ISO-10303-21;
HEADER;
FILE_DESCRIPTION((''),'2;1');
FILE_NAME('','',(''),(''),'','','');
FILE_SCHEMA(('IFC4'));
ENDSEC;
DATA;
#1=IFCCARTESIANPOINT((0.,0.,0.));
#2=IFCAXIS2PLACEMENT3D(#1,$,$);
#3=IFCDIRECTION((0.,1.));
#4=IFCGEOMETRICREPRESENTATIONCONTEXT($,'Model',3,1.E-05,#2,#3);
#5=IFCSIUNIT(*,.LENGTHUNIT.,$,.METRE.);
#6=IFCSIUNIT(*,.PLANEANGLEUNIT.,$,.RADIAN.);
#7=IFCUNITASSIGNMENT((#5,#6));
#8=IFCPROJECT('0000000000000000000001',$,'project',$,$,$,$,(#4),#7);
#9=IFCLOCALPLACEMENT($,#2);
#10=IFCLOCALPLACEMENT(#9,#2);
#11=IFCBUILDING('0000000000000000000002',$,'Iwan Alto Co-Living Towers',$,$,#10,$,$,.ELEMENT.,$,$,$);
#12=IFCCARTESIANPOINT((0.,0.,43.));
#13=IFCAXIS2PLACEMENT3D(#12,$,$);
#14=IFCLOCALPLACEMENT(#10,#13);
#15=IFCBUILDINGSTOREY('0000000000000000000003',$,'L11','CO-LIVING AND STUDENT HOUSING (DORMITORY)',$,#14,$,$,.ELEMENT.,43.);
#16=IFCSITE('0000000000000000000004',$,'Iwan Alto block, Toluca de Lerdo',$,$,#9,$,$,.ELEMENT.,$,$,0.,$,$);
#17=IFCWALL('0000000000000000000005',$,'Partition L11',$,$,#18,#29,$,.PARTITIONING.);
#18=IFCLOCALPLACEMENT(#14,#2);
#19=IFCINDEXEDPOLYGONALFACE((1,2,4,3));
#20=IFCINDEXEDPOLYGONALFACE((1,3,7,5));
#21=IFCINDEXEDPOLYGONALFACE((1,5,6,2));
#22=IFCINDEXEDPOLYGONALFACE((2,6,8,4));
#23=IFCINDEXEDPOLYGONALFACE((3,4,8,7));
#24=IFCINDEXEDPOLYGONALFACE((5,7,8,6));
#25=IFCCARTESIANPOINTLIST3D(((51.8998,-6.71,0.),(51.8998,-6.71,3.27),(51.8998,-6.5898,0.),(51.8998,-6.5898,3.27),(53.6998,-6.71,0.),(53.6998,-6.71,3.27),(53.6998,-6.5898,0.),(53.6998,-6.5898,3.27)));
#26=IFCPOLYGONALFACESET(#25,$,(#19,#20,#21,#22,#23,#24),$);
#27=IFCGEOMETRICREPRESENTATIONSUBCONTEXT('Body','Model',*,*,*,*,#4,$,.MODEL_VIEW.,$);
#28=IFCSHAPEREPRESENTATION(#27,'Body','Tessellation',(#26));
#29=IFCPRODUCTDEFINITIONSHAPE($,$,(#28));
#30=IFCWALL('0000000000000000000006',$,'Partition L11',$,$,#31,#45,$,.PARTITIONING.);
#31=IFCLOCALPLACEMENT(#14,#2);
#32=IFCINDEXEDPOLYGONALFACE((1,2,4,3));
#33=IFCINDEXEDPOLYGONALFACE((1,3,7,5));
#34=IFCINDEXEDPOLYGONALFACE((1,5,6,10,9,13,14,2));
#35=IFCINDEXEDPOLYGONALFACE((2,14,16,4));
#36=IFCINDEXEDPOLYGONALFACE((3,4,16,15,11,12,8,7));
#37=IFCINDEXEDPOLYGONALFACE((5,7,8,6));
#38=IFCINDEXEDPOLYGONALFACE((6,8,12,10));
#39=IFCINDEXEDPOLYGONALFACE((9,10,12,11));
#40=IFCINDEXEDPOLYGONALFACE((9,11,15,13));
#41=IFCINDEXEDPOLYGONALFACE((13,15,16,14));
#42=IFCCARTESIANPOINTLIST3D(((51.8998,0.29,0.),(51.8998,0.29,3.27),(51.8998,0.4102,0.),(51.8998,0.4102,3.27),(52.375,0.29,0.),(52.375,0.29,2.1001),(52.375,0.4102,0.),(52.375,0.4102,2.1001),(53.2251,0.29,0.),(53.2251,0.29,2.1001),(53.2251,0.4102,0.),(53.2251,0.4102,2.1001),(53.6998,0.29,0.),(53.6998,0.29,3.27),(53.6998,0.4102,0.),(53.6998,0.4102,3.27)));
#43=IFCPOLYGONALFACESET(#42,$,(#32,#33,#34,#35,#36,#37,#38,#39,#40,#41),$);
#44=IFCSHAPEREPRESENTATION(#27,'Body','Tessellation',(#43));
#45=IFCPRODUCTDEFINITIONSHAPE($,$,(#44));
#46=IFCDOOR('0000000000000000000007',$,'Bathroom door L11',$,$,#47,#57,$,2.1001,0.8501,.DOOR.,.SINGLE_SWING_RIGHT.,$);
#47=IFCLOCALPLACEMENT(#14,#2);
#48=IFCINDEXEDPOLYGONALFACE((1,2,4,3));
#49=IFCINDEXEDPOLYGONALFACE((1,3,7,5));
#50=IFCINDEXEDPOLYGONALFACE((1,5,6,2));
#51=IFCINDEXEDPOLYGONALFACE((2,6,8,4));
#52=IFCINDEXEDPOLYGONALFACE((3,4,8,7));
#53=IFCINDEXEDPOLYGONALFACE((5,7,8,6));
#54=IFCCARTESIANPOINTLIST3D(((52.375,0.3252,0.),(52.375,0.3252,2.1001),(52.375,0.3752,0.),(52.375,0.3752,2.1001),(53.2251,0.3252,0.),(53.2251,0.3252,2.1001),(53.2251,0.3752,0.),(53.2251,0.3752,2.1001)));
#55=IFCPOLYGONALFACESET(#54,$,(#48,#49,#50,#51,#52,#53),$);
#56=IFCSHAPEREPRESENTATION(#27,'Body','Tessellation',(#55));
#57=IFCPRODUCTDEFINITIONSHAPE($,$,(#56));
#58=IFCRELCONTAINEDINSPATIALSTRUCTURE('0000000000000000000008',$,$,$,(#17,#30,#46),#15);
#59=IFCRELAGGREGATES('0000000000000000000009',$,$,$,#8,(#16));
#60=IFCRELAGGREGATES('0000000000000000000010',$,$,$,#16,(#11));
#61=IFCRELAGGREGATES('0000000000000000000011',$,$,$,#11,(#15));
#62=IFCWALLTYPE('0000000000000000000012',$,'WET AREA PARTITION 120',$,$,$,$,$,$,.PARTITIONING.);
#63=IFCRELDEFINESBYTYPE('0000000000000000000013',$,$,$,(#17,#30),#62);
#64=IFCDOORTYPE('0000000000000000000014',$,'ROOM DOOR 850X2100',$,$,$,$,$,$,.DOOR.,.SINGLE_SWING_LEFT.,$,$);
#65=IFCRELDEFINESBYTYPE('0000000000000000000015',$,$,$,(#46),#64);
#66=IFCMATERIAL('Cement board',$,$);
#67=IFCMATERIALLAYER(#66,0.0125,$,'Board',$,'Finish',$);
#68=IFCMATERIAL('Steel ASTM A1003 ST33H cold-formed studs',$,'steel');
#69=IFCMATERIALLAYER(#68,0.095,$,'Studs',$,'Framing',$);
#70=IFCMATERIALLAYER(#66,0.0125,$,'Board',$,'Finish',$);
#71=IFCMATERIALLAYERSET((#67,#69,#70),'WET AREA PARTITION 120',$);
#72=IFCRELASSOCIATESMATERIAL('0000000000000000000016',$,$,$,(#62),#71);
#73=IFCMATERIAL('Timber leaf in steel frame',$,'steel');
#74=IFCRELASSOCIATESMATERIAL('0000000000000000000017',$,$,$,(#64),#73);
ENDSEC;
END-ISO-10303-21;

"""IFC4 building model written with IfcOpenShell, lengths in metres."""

from ifc_helpers import new_model, si_unit, direction, frame, frame_2d, origin, place, context, subcontext, project, spatial, rectangle, extrude, material, layer, layer_set, type_object, element, fill, save


model = new_model("IFC4")

# Units and contexts
model_context = context("Model", 3, precision=1e-05, world=origin(), true_north=direction((0.0, 1.0)))
body_context = subcontext(model_context, "Body", "Model", "MODEL_VIEW")
ifc_project = project(units=[si_unit("LENGTHUNIT", "METRE"), si_unit("PLANEANGLEUNIT", "RADIAN")], contexts=[model_context])

# Site, building, storey
site_placement = place(None, origin())
site = spatial("IfcSite", under=ifc_project, at=site_placement, Name="Iwan Alto block, Toluca de Lerdo", CompositionType="ELEMENT", RefElevation=0.0)
building_placement = place(site_placement, origin())
building = spatial("IfcBuilding", under=site, at=building_placement, Name="Iwan Alto Co-Living Towers", CompositionType="ELEMENT")
storey_placement = place(building_placement, frame((0.0, 0.0, 43.0)))
storey = spatial("IfcBuildingStorey", under=building, at=storey_placement, Name="L11", Description="CO-LIVING AND STUDENT HOUSING (DORMITORY)", CompositionType="ELEMENT", Elevation=43.0)

# Shared definitions
ifc_material_1 = material(Name="Steel ASTM A1003 ST33H cold-formed studs", Category="steel")

# Wall
ifc_material_2 = material(Name="Cement board")
ifc_layer_1 = layer(ifc_material_2, 0.0125, Name="Board", Category="Finish")
ifc_layer_2 = layer(ifc_material_1, 0.095, Name="Studs", Category="Framing")
ifc_layer_3 = layer(ifc_material_2, 0.0125, Name="Board", Category="Finish")
ifc_layer_set_1 = layer_set([ifc_layer_1, ifc_layer_2, ifc_layer_3], Name="WET AREA PARTITION 120")
wall_type_1 = type_object("IfcWallType", Name="WET AREA PARTITION 120", PredefinedType="PARTITIONING", material=ifc_layer_set_1)
wall_1_placement = place(storey_placement, frame((51.8999, -6.6499, 0.0), z_axis=(0.0, 0.0, 1.0), x_axis=(1.0, 0.0, 0.0)))
element("IfcWall", 1, at=wall_1_placement, inside=storey, type_object=wall_type_1, Name="Partition L11", PredefinedType="PARTITIONING", context=body_context, shape_type="SweptSolid", body=[
    extrude(rectangle(XDim=1.8, YDim=0.1201, at=frame_2d((0.8999, 0.0))), origin(), (0.0, 0.0, 1.0), 3.27),
])

# Wall, opening, door
wall_2_placement = place(storey_placement, frame((51.8999, 0.3501, 0.0), z_axis=(0.0, 0.0, 1.0), x_axis=(1.0, 0.0, 0.0)))
wall_2 = element("IfcWall", 2, at=wall_2_placement, inside=storey, type_object=wall_type_1, Name="Partition L11", PredefinedType="PARTITIONING", context=body_context, shape_type="SweptSolid", body=[
    extrude(rectangle(XDim=1.8, YDim=0.1201, at=frame_2d((0.8999, 0.0))), origin(), (0.0, 0.0, 1.0), 3.27),
])
opening_1_placement = place(wall_2_placement, frame((0.4751, 0.0, 0.0)))
opening_1 = element("IfcOpeningElement", 3, at=opening_1_placement, cuts=wall_2, PredefinedType="OPENING", context=body_context, shape_type="SweptSolid", body=[
    extrude(rectangle(XDim=0.8501, YDim=2.1001, at=frame_2d((0.425, 1.05))), frame((0.0, 0.0701, 0.0), z_axis=(0.0, -1.0, 0.0), x_axis=(1.0, 0.0, 0.0)), (0.0, 0.0, 1.0), 0.1401),
])
ifc_material_3 = material(Name="Timber leaf in steel frame", Category="steel")
door_type_1 = type_object("IfcDoorType", Name="ROOM DOOR 850X2100", OperationType="SINGLE_SWING_LEFT", PredefinedType="DOOR", material=ifc_material_3)
door_1_placement = place(opening_1_placement, frame((0.8501, 0.0, 0.0), z_axis=(0.0, 0.0, 1.0), x_axis=(-1.0, 0.0, 0.0)))
door_1 = element("IfcDoor", 4, at=door_1_placement, inside=storey, type_object=door_type_1, Name="Bathroom door L11", OperationType="SINGLE_SWING_RIGHT", OverallHeight=2.1001, OverallWidth=0.8501, PredefinedType="DOOR", context=body_context, shape_type="SweptSolid", body=[
    extrude(rectangle(XDim=0.8501, YDim=2.1001, at=frame_2d((0.425, 1.05))), frame((0.0, 0.0249, 0.0), z_axis=(0.0, -1.0, 0.0), x_axis=(1.0, 0.0, 0.0)), (0.0, 0.0, 1.0), 0.05),
])
fill(opening_1, door_1)

save(model, "model.ifc")
